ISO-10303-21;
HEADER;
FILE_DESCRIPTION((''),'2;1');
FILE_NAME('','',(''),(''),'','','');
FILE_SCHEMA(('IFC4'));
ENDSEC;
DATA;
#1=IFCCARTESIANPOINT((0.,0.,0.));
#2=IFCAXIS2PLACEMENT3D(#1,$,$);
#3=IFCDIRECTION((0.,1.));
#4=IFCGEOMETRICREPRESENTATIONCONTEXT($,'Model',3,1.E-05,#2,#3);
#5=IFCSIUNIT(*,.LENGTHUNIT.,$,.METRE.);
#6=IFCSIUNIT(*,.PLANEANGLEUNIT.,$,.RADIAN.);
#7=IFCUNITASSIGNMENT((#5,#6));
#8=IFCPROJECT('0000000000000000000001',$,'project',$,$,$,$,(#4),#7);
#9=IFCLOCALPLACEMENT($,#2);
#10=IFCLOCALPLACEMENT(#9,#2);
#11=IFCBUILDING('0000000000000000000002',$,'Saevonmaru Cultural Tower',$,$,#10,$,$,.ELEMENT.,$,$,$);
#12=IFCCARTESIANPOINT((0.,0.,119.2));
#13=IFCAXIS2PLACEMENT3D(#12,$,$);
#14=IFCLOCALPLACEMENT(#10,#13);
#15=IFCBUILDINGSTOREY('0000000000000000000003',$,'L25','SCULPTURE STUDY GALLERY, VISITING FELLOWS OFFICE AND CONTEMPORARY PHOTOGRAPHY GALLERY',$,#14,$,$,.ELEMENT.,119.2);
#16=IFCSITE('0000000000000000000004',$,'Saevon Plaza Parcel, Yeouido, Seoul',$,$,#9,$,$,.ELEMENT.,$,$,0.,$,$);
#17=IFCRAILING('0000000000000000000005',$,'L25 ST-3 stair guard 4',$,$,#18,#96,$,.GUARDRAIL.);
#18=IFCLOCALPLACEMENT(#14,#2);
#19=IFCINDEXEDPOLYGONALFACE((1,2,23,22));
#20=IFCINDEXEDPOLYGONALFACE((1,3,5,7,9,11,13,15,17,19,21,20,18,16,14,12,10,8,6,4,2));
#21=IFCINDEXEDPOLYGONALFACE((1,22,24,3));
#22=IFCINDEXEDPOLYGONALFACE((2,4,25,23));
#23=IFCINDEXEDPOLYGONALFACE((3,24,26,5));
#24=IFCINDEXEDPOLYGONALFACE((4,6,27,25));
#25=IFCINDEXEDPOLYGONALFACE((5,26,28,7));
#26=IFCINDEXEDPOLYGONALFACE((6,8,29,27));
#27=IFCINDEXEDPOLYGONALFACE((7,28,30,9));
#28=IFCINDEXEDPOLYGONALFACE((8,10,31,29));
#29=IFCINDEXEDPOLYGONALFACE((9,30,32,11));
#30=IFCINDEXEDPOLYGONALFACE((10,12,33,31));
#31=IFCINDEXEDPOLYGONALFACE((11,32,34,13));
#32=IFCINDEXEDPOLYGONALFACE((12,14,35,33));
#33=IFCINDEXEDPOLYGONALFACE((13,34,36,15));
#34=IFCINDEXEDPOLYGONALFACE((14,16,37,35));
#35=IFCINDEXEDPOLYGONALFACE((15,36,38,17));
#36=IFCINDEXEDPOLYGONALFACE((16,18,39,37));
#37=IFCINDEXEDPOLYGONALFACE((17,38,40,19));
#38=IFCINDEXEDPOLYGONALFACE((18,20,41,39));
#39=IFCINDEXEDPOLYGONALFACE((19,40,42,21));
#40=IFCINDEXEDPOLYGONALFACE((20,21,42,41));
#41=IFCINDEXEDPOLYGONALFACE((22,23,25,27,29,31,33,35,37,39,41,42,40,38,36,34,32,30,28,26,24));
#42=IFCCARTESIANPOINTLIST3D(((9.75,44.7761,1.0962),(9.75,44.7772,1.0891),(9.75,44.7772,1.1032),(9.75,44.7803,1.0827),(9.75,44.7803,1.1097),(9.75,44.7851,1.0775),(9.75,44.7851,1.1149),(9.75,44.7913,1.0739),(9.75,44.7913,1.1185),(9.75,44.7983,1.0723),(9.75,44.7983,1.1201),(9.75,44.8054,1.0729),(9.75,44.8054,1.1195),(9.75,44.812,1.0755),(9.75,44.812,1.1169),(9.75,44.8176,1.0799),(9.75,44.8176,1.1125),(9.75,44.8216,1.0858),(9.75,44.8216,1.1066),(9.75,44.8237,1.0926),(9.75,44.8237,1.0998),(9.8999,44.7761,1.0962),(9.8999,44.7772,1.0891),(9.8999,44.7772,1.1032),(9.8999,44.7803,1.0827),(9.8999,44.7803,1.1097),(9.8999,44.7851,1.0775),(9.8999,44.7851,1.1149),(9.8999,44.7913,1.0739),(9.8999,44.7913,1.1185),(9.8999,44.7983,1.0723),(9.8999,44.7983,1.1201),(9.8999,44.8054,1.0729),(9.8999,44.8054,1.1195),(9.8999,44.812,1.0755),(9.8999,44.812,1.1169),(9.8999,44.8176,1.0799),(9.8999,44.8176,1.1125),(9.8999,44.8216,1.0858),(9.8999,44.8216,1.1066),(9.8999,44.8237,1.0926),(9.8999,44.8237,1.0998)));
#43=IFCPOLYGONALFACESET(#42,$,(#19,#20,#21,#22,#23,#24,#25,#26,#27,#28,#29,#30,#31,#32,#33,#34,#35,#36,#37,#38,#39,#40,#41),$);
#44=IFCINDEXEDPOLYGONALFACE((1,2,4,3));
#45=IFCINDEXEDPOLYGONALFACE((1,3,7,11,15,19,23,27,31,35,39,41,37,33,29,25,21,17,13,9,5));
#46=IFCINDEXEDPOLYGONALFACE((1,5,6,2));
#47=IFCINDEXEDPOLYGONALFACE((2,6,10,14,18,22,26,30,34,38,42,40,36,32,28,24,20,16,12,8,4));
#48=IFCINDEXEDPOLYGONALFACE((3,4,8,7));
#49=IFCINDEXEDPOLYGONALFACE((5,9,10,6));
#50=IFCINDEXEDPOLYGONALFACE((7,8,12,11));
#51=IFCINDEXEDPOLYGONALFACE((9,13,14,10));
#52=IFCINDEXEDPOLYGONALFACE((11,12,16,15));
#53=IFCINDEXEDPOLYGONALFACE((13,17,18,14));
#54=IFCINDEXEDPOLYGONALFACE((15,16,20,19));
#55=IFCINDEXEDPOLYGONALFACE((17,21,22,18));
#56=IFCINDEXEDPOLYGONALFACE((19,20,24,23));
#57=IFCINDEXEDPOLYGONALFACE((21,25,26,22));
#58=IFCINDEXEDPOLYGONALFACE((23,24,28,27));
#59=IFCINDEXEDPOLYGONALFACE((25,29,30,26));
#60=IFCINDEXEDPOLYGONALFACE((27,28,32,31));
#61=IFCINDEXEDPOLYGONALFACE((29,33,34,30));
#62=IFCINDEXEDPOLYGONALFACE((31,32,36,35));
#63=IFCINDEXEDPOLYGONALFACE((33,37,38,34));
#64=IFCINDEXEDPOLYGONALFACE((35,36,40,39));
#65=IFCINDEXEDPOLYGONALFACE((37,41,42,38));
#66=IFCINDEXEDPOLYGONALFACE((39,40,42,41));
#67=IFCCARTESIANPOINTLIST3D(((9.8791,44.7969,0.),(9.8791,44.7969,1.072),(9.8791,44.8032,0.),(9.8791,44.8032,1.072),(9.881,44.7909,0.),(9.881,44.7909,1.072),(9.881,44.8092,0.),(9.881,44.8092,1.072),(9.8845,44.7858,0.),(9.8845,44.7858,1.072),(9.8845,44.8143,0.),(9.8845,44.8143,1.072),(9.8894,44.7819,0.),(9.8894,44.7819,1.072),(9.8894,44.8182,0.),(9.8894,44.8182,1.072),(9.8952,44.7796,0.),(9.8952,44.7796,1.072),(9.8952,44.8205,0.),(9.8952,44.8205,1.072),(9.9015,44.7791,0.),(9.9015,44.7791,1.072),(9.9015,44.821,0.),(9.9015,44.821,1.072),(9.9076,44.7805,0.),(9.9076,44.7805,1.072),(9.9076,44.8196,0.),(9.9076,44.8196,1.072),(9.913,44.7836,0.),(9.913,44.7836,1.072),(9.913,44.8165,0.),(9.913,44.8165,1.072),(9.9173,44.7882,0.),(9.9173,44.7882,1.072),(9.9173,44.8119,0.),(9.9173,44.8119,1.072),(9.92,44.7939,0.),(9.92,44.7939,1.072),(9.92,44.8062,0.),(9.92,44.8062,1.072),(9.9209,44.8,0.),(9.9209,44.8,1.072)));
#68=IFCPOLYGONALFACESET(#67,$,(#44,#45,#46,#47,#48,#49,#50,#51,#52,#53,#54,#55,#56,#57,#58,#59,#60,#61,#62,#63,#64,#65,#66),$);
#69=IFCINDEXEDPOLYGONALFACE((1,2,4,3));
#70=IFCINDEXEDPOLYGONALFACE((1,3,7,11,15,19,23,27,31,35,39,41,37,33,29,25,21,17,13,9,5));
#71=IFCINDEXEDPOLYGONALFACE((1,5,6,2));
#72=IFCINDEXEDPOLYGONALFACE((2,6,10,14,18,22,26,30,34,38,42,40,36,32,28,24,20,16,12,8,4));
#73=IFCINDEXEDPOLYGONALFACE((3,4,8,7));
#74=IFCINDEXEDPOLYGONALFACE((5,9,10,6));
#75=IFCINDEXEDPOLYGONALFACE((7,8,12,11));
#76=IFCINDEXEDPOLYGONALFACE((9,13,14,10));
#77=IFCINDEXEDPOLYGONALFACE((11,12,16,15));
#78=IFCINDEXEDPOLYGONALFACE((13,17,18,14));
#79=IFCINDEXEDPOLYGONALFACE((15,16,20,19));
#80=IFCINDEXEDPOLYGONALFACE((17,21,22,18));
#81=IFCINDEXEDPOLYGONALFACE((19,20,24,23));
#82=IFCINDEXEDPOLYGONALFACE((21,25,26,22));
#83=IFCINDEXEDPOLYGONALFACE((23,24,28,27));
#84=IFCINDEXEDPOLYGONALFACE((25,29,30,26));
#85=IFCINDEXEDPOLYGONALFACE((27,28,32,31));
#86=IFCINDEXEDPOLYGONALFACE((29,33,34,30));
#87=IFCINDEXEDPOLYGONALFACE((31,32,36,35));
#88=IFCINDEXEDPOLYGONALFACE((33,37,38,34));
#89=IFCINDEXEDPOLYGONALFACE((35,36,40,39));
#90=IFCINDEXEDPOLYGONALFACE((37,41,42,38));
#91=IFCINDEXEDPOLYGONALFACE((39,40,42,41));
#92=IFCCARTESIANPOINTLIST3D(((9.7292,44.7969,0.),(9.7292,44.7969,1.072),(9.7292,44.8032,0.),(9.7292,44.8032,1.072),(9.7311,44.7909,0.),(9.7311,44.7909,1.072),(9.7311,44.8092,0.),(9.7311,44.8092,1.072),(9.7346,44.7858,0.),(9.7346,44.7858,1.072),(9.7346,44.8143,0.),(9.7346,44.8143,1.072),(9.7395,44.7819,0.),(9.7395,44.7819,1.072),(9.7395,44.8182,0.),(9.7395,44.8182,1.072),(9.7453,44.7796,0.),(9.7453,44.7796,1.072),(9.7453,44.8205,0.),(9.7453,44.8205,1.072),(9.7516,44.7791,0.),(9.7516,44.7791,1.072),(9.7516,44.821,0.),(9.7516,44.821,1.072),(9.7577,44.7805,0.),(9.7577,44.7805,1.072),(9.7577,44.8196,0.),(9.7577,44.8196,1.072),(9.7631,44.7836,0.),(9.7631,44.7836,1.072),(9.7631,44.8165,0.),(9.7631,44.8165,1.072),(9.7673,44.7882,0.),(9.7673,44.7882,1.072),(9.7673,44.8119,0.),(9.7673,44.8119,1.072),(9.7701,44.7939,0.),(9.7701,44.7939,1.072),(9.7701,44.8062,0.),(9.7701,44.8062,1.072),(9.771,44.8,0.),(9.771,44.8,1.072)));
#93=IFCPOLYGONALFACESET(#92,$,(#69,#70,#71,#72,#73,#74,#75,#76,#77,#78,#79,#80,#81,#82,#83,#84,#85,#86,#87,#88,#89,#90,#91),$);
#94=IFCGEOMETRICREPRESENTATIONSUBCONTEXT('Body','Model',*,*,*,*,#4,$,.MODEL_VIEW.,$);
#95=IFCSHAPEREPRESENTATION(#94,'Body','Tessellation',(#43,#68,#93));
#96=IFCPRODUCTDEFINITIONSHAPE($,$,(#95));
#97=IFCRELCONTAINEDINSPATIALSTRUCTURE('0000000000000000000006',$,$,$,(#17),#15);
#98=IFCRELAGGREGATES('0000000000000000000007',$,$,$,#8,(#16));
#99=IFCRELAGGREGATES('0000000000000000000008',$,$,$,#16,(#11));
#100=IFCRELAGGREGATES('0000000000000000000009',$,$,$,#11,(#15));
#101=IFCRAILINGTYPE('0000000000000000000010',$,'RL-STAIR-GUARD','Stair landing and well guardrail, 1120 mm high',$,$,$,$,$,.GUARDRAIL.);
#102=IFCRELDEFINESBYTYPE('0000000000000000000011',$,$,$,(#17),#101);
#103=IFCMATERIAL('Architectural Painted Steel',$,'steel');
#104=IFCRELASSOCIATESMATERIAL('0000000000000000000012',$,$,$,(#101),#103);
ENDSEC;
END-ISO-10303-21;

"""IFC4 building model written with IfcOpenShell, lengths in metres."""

from ifc_helpers import new_model, si_unit, direction, frame, origin, origin_2d, place, context, subcontext, project, spatial, circle, extrude, material, type_object, element, save


model = new_model("IFC4")

# Units and contexts
model_context = context("Model", 3, precision=1e-05, world=origin(), true_north=direction((0.0, 1.0)))
body_context = subcontext(model_context, "Body", "Model", "MODEL_VIEW")
ifc_project = project(units=[si_unit("LENGTHUNIT", "METRE"), si_unit("PLANEANGLEUNIT", "RADIAN")], contexts=[model_context])

# Site, building, storey
site_placement = place(None, origin())
site = spatial("IfcSite", under=ifc_project, at=site_placement, Name="Saevon Plaza Parcel, Yeouido, Seoul", CompositionType="ELEMENT", RefElevation=0.0)
building_placement = place(site_placement, origin())
building = spatial("IfcBuilding", under=site, at=building_placement, Name="Saevonmaru Cultural Tower", CompositionType="ELEMENT")
storey_placement = place(building_placement, frame((0.0, 0.0, 119.2)))
storey = spatial("IfcBuildingStorey", under=building, at=storey_placement, Name="L25", Description="SCULPTURE STUDY GALLERY, VISITING FELLOWS OFFICE AND CONTEMPORARY PHOTOGRAPHY GALLERY", CompositionType="ELEMENT", Elevation=119.2)

# Railing
ifc_material_1 = material(Name="Architectural Painted Steel", Category="steel")
railing_type_1 = type_object("IfcRailingType", Name="RL-STAIR-GUARD", Description="Stair landing and well guardrail, 1120 mm high", PredefinedType="GUARDRAIL", material=ifc_material_1)
railing_1_placement = place(storey_placement, frame((9.8999, 44.8, 0.0)))
element("IfcRailing", 1, at=railing_1_placement, inside=storey, type_object=railing_type_1, Name="L25 ST-3 stair guard 4", PredefinedType="GUARDRAIL", context=body_context, shape_type="SweptSolid", body=[
    extrude(circle(Radius=0.0239, at=origin_2d()), frame((0.0, 0.0, 1.0962), z_axis=(-1.0, 0.0, 0.0), x_axis=(0.0, -1.0, 0.0)), (0.0, 0.0, 1.0), 0.1499),
    extrude(circle(Radius=0.021, at=origin_2d()), origin(), (0.0, 0.0, 1.0), 1.072),
    extrude(circle(Radius=0.021, at=origin_2d()), frame((-0.1499, 0.0, 0.0)), (0.0, 0.0, 1.0), 1.072),
])

save(model, "model.ifc")
